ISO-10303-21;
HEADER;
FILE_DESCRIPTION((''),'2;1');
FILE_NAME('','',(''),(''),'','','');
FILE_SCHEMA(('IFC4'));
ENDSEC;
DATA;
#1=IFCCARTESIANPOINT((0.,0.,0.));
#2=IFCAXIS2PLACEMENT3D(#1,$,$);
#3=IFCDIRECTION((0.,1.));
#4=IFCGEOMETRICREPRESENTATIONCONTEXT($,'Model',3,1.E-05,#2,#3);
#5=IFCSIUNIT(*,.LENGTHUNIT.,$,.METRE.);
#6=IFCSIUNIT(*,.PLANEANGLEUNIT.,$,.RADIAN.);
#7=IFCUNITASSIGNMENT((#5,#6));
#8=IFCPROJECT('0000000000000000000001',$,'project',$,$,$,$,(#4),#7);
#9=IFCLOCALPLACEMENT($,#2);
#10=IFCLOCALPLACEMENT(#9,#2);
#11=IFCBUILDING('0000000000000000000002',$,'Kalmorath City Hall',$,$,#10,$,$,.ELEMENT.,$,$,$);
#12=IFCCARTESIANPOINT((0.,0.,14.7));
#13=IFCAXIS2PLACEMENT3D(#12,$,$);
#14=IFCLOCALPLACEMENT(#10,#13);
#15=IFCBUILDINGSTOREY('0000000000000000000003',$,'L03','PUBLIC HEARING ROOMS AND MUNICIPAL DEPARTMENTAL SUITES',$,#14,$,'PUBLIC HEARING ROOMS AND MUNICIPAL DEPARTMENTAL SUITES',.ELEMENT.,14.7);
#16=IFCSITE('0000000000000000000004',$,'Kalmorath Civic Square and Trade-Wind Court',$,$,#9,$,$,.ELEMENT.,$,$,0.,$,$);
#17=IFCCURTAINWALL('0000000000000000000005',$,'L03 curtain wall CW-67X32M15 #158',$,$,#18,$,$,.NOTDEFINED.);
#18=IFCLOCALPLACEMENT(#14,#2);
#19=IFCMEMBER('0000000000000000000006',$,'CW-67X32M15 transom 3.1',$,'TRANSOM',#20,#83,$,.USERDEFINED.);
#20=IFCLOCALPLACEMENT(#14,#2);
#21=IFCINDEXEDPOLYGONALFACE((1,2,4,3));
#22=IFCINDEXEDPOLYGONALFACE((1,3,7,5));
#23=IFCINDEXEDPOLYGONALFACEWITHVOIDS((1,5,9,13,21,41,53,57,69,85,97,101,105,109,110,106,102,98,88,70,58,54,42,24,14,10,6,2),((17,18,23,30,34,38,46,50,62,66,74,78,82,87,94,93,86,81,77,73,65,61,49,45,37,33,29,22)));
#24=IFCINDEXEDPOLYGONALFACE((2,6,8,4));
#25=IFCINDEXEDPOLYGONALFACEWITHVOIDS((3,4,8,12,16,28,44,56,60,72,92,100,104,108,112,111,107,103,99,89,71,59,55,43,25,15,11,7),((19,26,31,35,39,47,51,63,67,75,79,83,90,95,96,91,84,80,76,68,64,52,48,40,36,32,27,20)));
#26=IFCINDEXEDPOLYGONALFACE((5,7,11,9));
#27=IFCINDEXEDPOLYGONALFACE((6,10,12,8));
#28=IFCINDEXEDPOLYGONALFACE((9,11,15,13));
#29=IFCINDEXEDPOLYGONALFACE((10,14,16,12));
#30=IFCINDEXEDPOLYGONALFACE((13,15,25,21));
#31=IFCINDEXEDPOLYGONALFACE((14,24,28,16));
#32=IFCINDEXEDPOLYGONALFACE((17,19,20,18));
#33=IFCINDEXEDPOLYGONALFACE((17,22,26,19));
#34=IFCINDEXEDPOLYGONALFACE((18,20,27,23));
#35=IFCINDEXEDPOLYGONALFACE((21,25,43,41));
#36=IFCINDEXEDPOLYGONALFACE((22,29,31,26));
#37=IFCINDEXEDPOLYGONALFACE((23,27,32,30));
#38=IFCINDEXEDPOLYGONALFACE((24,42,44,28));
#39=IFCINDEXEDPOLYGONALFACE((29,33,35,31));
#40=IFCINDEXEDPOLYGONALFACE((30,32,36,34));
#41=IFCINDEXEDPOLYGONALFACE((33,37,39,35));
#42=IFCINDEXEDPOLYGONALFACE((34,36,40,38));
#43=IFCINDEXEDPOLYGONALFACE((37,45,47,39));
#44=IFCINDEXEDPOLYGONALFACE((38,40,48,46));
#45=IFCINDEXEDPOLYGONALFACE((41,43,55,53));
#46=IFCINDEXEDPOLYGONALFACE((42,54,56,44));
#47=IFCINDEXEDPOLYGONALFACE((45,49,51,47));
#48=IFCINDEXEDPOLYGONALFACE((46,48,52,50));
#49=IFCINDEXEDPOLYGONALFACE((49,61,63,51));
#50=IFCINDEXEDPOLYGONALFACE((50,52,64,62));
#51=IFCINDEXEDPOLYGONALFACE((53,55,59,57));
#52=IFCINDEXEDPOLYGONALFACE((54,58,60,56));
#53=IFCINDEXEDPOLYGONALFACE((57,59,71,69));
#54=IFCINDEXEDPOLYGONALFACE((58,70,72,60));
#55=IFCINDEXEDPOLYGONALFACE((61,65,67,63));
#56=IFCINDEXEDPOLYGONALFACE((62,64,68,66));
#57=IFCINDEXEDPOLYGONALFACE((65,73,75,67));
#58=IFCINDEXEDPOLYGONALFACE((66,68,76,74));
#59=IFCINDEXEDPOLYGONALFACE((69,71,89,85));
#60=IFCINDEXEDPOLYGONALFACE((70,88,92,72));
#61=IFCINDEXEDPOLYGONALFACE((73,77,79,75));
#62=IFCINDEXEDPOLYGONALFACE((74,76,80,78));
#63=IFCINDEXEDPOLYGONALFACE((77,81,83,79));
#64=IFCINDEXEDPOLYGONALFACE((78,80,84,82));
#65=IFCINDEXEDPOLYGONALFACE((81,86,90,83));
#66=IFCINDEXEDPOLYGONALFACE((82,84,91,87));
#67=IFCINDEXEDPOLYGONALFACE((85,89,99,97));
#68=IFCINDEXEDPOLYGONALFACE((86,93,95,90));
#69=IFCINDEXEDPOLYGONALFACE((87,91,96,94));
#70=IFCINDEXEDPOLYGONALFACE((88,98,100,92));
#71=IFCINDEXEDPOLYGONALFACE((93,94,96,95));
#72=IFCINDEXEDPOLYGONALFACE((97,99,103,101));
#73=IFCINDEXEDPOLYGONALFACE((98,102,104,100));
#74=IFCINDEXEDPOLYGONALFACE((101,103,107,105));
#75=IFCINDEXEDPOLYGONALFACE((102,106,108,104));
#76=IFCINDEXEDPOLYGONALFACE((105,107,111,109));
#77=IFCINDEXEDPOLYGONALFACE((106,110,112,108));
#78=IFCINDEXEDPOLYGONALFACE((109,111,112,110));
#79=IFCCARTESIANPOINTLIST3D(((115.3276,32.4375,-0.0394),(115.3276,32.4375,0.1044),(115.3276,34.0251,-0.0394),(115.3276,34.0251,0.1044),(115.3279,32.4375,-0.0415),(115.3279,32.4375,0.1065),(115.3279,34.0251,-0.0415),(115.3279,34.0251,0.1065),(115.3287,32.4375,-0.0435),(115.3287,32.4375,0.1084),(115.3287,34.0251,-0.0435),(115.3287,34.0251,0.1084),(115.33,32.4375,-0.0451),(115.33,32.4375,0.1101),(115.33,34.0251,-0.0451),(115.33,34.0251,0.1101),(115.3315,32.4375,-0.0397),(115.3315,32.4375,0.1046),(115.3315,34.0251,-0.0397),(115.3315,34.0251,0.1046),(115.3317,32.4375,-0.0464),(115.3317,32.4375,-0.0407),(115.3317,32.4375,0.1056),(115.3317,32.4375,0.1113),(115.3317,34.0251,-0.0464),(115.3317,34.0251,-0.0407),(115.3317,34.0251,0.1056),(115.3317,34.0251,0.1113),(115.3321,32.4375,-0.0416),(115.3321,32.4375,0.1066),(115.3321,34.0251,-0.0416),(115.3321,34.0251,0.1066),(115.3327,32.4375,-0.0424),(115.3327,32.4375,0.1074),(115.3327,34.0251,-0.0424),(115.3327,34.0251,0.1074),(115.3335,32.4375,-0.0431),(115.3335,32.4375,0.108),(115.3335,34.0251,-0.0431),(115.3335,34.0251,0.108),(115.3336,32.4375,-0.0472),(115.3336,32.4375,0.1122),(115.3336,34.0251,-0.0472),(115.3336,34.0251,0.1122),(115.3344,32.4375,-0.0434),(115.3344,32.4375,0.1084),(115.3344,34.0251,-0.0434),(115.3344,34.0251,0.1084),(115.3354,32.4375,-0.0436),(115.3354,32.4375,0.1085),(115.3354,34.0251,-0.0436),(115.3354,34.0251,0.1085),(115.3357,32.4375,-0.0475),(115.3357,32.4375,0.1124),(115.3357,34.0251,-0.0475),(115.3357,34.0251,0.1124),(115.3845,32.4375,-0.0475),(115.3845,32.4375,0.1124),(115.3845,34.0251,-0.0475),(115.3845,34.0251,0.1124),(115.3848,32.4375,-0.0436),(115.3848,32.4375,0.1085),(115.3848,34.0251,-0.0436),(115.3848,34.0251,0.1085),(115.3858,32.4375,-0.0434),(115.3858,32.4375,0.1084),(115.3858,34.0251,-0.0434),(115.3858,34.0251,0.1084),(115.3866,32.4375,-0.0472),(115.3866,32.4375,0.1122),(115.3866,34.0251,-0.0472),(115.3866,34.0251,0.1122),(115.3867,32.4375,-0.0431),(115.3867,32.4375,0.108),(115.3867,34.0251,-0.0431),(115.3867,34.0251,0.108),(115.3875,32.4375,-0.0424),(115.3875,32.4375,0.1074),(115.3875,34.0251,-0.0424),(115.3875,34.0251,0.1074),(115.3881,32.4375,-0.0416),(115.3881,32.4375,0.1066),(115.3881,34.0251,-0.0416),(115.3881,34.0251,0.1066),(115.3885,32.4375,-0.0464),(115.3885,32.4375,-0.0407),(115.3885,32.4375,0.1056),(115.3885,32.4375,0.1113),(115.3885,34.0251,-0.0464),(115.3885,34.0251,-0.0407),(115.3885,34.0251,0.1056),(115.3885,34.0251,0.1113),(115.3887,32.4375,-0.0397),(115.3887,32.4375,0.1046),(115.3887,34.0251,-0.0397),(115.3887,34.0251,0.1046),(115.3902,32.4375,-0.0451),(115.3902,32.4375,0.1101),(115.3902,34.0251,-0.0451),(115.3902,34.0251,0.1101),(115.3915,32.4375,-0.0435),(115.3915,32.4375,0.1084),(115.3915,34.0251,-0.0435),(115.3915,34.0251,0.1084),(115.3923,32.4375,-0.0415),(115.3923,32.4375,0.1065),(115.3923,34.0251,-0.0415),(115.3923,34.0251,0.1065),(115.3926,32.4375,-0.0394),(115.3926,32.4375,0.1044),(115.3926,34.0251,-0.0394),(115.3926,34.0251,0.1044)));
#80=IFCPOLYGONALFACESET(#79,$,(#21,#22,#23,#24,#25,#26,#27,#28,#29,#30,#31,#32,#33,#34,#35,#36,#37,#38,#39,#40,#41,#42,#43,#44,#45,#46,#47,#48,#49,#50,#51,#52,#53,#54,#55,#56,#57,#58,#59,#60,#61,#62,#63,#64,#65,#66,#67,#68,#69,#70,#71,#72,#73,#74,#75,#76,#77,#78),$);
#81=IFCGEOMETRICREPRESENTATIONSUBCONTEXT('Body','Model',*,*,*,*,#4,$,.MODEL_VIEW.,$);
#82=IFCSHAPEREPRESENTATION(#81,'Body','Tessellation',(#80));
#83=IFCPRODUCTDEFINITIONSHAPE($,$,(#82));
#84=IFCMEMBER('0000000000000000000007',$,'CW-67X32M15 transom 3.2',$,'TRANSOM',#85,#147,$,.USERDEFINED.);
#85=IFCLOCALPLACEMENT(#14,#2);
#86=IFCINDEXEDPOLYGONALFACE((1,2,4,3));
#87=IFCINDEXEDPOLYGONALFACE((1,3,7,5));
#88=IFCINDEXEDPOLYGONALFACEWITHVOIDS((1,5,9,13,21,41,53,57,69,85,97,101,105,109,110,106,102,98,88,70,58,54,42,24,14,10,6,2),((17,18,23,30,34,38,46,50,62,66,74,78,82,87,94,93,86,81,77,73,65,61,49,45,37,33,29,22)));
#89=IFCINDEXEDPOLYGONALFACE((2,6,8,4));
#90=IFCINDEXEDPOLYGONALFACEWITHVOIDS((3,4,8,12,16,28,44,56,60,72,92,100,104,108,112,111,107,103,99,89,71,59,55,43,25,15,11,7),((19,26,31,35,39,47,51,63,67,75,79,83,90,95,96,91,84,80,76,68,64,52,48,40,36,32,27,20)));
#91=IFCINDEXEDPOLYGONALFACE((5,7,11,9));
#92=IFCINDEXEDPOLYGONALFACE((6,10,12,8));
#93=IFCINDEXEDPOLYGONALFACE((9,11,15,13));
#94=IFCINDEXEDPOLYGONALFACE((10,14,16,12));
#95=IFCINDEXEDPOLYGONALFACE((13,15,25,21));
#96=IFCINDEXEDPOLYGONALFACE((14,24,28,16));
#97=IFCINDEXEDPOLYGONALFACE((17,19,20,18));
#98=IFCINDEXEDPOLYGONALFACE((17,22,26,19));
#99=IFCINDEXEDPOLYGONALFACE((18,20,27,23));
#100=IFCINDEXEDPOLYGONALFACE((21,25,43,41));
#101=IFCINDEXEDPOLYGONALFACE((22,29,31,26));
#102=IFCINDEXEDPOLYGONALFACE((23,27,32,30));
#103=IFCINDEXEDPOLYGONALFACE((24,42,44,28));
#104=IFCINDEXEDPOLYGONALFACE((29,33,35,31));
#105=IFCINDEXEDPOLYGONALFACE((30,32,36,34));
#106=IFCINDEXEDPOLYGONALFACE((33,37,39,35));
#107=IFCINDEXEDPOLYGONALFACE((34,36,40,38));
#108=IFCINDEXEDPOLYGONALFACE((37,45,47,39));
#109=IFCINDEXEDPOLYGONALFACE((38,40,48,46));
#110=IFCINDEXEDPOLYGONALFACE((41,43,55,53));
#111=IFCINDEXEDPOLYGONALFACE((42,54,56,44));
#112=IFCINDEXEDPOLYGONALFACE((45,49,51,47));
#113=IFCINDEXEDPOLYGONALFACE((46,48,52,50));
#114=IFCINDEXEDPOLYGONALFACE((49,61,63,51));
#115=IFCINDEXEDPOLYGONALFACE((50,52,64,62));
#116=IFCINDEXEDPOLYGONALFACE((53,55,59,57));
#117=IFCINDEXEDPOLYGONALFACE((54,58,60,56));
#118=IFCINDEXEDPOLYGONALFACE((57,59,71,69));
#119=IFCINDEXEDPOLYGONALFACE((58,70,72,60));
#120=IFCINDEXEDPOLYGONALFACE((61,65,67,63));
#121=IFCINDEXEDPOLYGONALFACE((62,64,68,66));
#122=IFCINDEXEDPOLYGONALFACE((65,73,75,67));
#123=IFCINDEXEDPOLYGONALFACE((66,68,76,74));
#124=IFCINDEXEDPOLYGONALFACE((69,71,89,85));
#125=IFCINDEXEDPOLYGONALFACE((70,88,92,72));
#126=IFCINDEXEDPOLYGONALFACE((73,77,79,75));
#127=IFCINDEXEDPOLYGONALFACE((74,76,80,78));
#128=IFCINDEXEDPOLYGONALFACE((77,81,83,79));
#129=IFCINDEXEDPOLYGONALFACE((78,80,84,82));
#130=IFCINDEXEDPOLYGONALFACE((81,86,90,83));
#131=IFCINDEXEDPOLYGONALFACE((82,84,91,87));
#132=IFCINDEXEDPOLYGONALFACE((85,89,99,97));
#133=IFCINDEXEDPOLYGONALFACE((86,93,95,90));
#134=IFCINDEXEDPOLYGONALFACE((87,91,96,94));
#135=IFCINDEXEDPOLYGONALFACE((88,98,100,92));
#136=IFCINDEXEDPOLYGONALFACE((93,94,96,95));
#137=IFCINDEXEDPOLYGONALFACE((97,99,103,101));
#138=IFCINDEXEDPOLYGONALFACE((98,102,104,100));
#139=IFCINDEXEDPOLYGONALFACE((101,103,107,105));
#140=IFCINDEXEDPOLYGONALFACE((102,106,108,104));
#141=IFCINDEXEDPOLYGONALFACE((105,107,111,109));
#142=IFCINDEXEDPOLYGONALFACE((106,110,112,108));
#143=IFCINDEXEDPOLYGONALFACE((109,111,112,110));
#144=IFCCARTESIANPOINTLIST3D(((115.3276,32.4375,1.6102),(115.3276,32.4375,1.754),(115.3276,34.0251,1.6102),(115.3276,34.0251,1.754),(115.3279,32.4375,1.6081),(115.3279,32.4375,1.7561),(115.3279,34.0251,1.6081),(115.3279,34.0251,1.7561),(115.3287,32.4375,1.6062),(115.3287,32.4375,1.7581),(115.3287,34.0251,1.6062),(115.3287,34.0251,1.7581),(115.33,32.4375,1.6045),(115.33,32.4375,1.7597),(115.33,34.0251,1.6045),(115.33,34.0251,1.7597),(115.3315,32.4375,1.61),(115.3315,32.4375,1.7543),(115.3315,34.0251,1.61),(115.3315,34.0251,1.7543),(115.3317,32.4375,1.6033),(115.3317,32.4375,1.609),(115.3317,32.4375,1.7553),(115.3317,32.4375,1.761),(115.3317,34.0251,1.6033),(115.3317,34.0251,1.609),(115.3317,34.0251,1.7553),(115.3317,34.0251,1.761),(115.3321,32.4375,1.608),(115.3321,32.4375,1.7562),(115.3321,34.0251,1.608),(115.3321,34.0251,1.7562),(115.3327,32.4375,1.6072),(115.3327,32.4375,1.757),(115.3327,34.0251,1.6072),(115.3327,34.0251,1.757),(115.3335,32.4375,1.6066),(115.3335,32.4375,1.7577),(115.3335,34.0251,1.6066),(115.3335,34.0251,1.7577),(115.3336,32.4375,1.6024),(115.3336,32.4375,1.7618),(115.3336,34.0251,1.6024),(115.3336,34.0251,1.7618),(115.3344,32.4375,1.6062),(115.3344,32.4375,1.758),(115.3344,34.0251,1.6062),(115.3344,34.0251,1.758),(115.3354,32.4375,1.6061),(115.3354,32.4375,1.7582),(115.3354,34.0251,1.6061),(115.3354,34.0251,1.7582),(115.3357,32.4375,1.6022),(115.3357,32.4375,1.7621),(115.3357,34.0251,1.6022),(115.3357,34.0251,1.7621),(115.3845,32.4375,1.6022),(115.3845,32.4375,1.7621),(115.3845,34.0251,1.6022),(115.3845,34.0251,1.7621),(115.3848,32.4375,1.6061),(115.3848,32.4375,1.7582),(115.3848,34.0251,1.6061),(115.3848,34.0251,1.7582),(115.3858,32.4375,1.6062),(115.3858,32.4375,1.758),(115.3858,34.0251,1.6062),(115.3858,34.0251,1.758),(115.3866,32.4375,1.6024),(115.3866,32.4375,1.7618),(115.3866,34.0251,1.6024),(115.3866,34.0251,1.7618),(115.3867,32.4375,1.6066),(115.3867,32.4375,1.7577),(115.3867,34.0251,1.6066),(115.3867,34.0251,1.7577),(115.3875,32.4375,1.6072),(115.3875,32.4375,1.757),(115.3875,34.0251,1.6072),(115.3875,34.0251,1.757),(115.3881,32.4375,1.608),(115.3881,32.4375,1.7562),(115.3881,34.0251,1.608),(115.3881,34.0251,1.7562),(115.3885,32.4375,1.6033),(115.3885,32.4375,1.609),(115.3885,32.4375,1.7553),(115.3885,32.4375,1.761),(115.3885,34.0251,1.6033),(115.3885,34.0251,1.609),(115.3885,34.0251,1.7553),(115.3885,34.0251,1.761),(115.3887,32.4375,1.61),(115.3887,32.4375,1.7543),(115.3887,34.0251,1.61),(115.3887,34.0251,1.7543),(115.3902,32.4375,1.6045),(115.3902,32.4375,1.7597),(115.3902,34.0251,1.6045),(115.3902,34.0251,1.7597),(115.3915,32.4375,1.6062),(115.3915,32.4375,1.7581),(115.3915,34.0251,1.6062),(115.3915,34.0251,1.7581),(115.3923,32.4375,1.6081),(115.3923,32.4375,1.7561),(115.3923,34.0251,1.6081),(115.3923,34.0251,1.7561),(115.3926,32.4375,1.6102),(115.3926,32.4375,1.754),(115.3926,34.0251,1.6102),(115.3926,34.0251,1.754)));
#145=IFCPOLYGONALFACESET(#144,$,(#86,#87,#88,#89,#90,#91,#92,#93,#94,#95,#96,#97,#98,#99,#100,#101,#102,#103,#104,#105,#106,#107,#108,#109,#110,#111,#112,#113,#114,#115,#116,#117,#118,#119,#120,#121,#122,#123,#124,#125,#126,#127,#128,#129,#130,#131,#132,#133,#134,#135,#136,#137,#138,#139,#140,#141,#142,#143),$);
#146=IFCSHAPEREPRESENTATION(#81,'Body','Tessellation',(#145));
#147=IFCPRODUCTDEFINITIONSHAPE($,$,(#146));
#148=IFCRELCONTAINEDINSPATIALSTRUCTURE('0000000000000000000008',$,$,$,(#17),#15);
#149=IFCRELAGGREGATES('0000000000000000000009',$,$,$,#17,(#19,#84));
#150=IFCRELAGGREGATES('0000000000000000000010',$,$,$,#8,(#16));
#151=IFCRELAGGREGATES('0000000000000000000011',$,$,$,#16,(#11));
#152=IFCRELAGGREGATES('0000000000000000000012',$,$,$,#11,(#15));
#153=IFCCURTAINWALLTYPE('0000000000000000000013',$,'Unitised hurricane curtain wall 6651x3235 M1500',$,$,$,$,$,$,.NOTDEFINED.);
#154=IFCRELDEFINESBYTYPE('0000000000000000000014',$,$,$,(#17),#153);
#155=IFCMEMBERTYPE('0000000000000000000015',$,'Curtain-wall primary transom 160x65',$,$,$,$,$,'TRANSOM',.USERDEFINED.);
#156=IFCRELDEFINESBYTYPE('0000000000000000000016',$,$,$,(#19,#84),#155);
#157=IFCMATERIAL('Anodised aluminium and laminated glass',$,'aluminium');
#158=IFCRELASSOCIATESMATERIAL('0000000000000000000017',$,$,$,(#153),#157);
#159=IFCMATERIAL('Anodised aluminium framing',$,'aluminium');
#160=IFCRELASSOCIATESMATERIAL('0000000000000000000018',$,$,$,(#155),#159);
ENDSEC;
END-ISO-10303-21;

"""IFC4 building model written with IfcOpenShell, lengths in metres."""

from ifc_helpers import new_model, si_unit, direction, frame, origin, origin_2d, place, context, subcontext, project, spatial, hollow_rectangle, extrude, material, material_profile, profile_set, type_object, element, aggregate, save


model = new_model("IFC4")

# Units and contexts
model_context = context("Model", 3, precision=1e-05, world=origin(), true_north=direction((0.0, 1.0)))
body_context = subcontext(model_context, "Body", "Model", "MODEL_VIEW")
ifc_project = project(units=[si_unit("LENGTHUNIT", "METRE"), si_unit("PLANEANGLEUNIT", "RADIAN")], contexts=[model_context])

# Site, building, storey
site_placement = place(None, origin())
site = spatial("IfcSite", under=ifc_project, at=site_placement, Name="Kalmorath Civic Square and Trade-Wind Court", CompositionType="ELEMENT", RefElevation=0.0)
building_placement = place(site_placement, origin())
building = spatial("IfcBuilding", under=site, at=building_placement, Name="Kalmorath City Hall", CompositionType="ELEMENT")
storey_placement = place(building_placement, frame((0.0, 0.0, 14.7)))
storey = spatial("IfcBuildingStorey", under=building, at=storey_placement, Name="L03", Description="PUBLIC HEARING ROOMS AND MUNICIPAL DEPARTMENTAL SUITES", LongName="PUBLIC HEARING ROOMS AND MUNICIPAL DEPARTMENTAL SUITES", CompositionType="ELEMENT", Elevation=14.7)

# Curtain wall, members
ifc_material_1 = material(Name="Anodised aluminium and laminated glass", Category="aluminium")
curtain_wall_type = type_object("IfcCurtainWallType", Name="Unitised hurricane curtain wall 6651x3235 M1500", PredefinedType="NOTDEFINED", material=ifc_material_1)
curtain_wall_placement = place(storey_placement, origin())
curtain_wall = element("IfcCurtainWall", 1, at=curtain_wall_placement, inside=storey, type_object=curtain_wall_type, Name="L03 curtain wall CW-67X32M15 #158", PredefinedType="NOTDEFINED")
ifc_material_2 = material(Name="Anodised aluminium framing", Category="aluminium")
ifc_material_profile_1 = material_profile(ifc_material_2, hollow_rectangle(XDim=0.0649, YDim=0.1599, WallThickness=0.0039, InnerFilletRadius=0.0039, OuterFilletRadius=0.0081, at=origin_2d()), Name="ALU-TRN-160X65X4")
ifc_profile_set_1 = profile_set([ifc_material_profile_1], Name="Anodised aluminium framing")
member_type_1 = type_object("IfcMemberType", Name="Curtain-wall primary transom 160x65", ElementType="TRANSOM", PredefinedType="USERDEFINED", material=ifc_profile_set_1)
member_1_placement = place(storey_placement, frame((115.3601, 32.4375, 0.0325), z_axis=(0.0, 1.0, 0.0), x_axis=(-1.0, 0.0, 0.0)))
member_1 = element("IfcMember", 2, at=member_1_placement, type_object=member_type_1, Name="CW-67X32M15 transom 3.1", ObjectType="TRANSOM", PredefinedType="USERDEFINED", context=body_context, shape_type="SweptSolid", body=[
    extrude(hollow_rectangle(XDim=0.0649, YDim=0.1599, WallThickness=0.0039, InnerFilletRadius=0.0039, OuterFilletRadius=0.0081, at=origin_2d()), origin(), (0.0, 0.0, 1.0), 1.5876),
])
member_2_placement = place(storey_placement, frame((115.3601, 32.4375, 1.6821), z_axis=(0.0, 1.0, 0.0), x_axis=(-1.0, 0.0, 0.0)))
member_2 = element("IfcMember", 3, at=member_2_placement, type_object=member_type_1, Name="CW-67X32M15 transom 3.2", ObjectType="TRANSOM", PredefinedType="USERDEFINED", context=body_context, shape_type="SweptSolid", body=[
    extrude(hollow_rectangle(XDim=0.0649, YDim=0.1599, WallThickness=0.0039, InnerFilletRadius=0.0039, OuterFilletRadius=0.0081, at=origin_2d()), origin(), (0.0, 0.0, 1.0), 1.5876),
])
aggregate(curtain_wall, [member_1, member_2])

save(model, "model.ifc")
